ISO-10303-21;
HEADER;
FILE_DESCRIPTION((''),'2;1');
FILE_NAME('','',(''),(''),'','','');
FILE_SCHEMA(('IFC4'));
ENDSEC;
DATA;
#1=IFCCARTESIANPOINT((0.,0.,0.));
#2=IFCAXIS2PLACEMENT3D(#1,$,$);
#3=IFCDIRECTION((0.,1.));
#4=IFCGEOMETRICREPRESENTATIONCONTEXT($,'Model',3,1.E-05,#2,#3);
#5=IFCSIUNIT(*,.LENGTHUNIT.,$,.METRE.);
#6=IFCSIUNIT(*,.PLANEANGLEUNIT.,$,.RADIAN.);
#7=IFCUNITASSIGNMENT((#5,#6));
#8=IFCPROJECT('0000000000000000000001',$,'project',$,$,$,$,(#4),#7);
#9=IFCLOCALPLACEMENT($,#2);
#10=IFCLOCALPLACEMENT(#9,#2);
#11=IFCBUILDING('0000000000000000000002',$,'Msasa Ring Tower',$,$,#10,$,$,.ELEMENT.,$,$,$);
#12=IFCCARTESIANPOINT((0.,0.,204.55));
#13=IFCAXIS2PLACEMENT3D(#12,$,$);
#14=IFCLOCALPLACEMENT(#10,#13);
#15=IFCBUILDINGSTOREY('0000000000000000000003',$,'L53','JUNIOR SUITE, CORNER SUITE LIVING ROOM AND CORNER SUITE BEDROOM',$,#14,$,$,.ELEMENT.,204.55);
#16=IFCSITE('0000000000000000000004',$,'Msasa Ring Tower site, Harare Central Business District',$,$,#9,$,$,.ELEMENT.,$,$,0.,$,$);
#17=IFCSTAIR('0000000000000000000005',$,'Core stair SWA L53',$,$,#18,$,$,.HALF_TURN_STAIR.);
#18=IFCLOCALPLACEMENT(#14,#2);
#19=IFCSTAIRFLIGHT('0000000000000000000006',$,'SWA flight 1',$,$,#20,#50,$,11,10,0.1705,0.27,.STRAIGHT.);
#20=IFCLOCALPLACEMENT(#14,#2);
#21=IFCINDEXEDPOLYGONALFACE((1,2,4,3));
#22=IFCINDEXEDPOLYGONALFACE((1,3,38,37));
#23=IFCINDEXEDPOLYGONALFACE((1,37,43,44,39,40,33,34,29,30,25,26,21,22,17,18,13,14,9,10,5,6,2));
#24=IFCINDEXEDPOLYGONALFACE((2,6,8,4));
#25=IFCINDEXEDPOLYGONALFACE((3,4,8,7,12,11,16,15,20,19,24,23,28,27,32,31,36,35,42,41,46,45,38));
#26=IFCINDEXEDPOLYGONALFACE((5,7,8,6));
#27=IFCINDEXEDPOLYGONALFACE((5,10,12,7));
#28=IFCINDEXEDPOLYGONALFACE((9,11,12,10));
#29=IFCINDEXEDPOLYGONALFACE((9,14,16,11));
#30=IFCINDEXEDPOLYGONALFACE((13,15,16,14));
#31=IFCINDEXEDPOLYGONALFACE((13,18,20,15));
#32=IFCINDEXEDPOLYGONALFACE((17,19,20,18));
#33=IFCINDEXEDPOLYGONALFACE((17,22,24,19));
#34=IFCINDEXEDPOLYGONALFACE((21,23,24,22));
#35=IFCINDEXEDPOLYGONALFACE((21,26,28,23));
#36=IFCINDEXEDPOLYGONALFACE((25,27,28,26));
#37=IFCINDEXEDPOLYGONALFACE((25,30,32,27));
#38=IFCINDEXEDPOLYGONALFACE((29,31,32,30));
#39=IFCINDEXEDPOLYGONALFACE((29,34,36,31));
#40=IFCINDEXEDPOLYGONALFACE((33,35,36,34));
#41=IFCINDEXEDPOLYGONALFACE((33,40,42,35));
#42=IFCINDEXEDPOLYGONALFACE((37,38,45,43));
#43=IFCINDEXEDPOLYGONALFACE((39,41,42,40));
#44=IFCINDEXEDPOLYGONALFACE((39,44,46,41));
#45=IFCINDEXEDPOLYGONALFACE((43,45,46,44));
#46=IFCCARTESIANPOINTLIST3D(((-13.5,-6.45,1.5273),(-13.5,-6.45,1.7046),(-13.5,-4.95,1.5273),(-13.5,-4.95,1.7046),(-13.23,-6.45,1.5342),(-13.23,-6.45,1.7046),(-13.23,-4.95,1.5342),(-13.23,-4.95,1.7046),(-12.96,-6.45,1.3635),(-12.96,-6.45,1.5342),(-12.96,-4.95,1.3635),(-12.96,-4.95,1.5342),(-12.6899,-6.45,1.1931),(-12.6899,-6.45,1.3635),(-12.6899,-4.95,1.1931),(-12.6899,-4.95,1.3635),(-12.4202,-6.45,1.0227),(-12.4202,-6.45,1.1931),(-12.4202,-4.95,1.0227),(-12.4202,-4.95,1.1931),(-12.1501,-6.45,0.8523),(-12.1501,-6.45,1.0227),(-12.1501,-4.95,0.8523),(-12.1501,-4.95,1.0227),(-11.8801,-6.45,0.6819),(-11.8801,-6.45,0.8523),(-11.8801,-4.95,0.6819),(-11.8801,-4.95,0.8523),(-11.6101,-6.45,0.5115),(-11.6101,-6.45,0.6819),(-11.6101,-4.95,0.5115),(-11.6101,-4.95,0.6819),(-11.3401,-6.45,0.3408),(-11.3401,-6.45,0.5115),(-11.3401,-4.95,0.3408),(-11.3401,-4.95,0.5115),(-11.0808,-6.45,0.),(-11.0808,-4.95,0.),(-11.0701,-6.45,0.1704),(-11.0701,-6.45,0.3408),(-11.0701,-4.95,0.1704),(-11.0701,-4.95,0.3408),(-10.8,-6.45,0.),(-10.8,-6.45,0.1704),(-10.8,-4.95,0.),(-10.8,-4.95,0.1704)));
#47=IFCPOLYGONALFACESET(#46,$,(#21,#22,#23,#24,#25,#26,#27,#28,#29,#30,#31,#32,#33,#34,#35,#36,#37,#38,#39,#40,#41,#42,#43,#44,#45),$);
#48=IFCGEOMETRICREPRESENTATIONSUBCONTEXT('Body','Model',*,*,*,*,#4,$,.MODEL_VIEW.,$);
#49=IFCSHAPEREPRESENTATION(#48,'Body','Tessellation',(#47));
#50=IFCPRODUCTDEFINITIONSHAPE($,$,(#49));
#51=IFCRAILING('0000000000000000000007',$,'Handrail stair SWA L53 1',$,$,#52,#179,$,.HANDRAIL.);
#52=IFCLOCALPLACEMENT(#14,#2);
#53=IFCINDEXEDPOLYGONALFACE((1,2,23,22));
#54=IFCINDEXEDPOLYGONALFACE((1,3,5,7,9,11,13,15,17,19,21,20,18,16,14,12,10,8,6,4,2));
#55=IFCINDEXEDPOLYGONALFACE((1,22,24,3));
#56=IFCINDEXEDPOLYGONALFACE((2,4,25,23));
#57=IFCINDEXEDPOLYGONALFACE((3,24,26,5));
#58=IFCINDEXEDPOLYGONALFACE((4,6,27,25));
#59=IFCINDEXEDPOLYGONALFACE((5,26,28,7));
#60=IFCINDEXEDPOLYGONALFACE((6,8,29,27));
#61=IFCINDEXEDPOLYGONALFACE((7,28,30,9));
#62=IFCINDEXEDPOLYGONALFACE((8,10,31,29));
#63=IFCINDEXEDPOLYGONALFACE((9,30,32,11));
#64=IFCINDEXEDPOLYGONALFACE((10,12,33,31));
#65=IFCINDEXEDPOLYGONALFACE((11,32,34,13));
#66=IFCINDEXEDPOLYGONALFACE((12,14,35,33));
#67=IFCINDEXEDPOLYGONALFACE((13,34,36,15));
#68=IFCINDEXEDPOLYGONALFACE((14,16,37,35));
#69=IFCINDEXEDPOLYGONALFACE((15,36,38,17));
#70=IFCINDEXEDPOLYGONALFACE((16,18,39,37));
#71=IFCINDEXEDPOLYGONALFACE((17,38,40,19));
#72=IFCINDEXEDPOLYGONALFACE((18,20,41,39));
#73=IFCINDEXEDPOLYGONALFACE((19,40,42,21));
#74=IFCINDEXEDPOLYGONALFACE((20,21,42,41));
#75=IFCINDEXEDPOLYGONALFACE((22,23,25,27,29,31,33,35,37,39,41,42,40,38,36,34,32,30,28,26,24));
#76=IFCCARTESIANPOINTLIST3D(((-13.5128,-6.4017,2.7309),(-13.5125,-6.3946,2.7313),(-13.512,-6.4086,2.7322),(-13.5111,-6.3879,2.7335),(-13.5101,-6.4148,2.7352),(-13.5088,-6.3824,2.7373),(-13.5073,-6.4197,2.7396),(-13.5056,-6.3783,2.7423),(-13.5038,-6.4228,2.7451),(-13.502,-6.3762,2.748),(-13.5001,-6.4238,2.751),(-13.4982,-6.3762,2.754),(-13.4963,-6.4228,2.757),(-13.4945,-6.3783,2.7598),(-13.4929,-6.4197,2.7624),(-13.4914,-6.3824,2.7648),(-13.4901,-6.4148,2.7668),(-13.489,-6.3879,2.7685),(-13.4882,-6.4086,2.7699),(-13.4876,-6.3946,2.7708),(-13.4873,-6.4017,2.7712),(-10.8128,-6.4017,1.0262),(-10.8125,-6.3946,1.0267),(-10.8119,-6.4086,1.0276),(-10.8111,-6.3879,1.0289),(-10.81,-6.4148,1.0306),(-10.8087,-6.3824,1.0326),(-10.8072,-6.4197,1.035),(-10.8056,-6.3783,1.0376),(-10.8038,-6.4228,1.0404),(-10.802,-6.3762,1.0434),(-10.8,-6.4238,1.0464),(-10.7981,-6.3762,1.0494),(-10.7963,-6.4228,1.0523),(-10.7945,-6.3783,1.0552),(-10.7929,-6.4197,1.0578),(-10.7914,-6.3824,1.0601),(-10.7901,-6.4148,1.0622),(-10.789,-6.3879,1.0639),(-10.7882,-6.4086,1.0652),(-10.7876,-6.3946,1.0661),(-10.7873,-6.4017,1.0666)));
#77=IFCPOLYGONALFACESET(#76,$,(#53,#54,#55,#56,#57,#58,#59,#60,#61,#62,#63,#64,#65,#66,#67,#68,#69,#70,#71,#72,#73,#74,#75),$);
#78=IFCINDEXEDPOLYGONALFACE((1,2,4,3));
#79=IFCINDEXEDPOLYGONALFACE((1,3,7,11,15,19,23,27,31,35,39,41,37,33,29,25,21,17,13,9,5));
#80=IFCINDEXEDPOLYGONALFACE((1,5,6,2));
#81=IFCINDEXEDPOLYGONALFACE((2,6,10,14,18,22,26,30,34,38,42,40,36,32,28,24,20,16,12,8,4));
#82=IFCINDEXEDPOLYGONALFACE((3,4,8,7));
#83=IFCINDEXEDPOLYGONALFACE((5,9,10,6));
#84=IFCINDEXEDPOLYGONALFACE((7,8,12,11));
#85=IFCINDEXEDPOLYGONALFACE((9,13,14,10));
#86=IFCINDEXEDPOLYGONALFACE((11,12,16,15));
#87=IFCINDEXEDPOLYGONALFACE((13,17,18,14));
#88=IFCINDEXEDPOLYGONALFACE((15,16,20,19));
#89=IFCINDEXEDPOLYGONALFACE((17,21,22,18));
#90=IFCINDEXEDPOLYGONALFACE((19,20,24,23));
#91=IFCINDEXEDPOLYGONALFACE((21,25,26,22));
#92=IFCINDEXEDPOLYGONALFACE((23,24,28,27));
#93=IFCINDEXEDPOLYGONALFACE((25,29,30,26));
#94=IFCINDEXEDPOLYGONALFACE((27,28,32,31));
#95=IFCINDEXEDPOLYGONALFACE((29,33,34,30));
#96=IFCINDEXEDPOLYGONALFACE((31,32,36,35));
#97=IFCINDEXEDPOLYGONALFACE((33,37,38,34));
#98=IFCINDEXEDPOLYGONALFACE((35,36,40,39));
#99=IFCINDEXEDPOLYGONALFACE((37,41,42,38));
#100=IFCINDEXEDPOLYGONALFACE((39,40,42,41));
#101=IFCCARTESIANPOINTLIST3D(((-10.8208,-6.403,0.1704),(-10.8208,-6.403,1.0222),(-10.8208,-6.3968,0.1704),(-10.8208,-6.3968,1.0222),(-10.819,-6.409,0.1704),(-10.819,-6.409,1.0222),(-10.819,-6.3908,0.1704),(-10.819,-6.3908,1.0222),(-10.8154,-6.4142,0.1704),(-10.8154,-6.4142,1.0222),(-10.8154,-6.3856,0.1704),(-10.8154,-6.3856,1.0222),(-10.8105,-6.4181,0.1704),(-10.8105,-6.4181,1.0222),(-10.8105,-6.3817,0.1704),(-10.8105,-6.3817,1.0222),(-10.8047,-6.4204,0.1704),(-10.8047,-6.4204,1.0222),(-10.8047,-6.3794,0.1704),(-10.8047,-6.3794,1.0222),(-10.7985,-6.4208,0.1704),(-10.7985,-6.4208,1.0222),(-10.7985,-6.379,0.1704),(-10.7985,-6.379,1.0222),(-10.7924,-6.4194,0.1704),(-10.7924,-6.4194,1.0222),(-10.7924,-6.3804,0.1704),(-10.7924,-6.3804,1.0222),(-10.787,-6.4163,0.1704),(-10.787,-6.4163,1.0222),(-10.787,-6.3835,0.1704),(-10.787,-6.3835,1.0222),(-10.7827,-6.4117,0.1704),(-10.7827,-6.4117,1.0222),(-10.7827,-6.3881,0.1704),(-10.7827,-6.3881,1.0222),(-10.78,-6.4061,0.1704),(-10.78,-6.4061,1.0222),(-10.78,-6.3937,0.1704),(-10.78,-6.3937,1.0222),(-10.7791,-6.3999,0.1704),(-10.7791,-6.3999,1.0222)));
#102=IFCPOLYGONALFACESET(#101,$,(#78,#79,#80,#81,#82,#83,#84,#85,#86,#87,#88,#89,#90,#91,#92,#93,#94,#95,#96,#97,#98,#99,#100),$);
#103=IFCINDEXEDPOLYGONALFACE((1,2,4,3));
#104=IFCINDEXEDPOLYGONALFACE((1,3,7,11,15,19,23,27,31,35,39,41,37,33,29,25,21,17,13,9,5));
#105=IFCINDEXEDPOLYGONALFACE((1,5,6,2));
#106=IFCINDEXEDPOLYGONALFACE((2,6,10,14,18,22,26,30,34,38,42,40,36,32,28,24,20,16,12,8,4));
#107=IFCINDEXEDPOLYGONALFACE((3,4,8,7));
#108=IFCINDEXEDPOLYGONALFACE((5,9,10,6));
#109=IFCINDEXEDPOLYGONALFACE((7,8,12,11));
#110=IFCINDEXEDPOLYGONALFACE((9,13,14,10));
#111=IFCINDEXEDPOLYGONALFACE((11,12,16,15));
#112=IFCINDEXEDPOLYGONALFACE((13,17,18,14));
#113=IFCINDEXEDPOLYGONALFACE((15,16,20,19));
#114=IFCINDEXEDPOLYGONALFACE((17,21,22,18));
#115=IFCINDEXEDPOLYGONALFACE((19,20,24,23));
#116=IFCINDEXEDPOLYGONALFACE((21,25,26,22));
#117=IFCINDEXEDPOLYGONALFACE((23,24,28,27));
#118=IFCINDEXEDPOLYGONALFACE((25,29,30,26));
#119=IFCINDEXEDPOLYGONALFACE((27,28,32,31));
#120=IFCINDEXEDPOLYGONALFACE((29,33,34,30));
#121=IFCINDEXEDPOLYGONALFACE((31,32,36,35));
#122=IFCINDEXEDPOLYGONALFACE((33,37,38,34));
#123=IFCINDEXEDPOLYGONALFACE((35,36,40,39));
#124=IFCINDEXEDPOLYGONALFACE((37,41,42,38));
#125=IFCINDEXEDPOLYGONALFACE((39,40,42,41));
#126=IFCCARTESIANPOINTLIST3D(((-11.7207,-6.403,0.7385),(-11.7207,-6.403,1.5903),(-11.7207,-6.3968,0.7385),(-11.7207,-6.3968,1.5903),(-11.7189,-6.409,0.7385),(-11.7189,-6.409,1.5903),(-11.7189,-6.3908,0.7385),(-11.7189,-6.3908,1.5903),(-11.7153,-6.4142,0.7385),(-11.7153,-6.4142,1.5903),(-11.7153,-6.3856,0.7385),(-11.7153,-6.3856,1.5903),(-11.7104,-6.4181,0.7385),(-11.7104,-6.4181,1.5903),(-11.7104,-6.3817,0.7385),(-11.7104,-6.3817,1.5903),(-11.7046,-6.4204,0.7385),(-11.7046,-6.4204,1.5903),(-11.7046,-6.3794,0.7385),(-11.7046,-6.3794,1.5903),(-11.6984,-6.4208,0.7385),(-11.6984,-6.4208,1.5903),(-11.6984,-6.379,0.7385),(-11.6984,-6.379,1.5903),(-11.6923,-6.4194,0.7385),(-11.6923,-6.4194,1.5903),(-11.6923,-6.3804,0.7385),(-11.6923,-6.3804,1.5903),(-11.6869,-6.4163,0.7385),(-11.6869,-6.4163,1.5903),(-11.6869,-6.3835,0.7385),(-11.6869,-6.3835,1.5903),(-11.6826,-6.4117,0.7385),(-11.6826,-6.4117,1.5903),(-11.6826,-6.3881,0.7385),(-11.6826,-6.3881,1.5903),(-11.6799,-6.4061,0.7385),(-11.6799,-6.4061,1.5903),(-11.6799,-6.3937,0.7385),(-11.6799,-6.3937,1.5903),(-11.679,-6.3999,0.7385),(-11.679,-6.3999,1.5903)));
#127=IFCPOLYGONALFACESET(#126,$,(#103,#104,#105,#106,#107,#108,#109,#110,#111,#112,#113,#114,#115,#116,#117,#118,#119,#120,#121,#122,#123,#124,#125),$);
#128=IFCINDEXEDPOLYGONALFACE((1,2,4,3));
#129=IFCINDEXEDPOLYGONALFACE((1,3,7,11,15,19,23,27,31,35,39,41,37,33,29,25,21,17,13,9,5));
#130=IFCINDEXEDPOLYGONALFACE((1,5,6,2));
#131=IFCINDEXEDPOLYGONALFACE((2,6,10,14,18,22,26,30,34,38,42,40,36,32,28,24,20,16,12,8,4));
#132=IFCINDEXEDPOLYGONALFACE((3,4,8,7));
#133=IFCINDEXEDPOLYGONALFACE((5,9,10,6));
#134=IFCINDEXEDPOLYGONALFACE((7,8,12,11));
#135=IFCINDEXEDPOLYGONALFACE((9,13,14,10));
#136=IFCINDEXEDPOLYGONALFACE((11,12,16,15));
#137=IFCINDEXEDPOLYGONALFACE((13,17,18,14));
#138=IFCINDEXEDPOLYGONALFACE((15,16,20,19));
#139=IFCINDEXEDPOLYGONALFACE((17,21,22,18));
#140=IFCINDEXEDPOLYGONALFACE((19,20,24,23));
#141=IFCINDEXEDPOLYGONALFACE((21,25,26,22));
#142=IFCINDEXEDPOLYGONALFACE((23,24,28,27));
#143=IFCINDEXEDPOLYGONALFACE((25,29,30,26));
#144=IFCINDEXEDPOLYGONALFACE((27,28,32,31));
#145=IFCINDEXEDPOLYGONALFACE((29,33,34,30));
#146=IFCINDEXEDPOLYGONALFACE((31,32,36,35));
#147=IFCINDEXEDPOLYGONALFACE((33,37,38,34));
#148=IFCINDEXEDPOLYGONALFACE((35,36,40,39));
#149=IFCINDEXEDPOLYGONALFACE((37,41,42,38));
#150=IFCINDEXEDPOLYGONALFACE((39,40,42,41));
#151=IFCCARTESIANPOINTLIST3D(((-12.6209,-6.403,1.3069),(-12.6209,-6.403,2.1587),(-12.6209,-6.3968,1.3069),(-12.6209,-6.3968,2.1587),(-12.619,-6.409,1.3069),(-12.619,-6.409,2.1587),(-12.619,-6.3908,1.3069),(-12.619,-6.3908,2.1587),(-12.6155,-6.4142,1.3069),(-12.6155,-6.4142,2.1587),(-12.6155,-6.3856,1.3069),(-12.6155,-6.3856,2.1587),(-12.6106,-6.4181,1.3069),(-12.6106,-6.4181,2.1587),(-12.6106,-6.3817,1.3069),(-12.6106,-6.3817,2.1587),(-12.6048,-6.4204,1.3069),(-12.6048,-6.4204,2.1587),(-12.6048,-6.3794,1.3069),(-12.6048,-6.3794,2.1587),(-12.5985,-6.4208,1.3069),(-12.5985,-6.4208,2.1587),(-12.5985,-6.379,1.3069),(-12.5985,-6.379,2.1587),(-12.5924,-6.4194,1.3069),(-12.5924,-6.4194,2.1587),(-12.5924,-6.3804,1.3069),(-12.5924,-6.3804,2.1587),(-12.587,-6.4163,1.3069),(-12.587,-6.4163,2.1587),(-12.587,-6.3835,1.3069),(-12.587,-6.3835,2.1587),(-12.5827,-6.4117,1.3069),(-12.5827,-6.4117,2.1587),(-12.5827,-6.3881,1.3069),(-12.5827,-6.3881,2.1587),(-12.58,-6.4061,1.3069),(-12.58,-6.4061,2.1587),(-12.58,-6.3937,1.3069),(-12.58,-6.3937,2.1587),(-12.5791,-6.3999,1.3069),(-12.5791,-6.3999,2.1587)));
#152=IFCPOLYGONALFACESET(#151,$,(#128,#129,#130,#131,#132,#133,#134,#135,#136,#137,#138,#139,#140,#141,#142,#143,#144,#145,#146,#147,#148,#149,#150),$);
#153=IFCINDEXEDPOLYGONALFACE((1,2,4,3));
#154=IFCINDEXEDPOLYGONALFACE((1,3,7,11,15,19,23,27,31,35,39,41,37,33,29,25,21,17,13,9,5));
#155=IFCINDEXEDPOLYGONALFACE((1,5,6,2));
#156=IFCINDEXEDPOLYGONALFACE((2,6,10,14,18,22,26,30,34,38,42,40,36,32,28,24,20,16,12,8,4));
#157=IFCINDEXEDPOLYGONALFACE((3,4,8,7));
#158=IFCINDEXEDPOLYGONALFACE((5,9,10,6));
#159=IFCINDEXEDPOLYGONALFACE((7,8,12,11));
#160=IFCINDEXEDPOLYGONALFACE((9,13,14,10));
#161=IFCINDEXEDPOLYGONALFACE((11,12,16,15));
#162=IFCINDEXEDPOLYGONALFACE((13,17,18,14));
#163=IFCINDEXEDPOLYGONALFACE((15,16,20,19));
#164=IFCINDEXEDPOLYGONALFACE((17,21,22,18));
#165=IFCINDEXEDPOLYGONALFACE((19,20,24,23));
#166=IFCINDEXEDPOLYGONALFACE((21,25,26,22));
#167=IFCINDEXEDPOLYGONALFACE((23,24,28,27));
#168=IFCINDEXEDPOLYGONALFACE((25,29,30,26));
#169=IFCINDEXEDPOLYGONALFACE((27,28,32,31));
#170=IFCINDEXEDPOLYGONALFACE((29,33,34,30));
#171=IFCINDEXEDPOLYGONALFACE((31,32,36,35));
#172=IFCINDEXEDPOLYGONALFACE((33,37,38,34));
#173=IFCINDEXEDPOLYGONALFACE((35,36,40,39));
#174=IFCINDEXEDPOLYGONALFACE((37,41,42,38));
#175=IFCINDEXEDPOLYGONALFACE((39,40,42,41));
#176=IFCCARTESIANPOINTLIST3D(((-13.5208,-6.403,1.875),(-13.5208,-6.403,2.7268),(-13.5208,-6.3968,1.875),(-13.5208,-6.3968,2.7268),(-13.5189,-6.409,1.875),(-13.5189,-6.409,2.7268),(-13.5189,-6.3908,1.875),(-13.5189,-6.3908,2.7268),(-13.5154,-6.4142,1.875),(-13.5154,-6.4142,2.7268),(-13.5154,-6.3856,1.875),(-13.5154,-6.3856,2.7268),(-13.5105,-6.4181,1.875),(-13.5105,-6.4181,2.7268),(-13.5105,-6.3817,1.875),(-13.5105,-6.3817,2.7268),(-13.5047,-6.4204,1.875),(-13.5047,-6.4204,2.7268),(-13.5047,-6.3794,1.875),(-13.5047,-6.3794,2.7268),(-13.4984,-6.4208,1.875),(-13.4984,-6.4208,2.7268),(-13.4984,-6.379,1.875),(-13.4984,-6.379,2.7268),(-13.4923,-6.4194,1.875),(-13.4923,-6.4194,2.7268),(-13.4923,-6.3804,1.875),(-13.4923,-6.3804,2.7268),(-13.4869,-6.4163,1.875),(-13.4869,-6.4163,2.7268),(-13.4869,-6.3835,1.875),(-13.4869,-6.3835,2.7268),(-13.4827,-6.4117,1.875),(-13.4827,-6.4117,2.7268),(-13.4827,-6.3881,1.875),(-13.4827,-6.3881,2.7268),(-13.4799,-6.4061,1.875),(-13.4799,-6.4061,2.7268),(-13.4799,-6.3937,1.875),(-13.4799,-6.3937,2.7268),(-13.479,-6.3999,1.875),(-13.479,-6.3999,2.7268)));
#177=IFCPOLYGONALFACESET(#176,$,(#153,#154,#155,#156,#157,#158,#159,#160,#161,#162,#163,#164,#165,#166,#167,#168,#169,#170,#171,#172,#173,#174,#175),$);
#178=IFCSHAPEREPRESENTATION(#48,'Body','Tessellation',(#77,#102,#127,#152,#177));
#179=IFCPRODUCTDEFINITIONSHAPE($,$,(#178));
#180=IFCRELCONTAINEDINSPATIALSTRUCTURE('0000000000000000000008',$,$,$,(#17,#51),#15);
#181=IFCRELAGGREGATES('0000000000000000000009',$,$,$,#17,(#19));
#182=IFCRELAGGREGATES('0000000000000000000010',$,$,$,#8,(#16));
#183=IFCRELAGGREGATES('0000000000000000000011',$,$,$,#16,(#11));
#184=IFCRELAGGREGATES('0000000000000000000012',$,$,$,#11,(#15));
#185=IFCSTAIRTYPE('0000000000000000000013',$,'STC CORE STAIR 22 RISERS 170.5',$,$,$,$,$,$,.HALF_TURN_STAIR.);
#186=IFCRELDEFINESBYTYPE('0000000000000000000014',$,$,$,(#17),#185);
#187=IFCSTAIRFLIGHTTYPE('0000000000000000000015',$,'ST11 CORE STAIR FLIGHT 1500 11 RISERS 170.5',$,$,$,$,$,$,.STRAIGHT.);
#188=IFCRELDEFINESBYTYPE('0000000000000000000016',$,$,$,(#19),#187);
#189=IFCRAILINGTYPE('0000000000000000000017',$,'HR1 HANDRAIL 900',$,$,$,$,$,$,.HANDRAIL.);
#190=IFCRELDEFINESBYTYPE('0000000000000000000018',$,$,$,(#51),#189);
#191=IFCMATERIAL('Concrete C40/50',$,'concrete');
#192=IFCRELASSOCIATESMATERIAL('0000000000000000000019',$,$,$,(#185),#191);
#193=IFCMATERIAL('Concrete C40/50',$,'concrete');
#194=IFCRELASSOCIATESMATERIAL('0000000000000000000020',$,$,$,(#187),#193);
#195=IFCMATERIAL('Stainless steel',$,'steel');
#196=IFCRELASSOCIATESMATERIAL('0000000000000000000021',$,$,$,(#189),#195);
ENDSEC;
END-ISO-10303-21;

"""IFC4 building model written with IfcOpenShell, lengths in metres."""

from ifc_helpers import new_model, si_unit, direction, frame, origin, origin_2d, place, context, subcontext, project, spatial, polyline, circle, outline, extrude, material, type_object, element, aggregate, save


model = new_model("IFC4")

# Units and contexts
model_context = context("Model", 3, precision=1e-05, world=origin(), true_north=direction((0.0, 1.0)))
body_context = subcontext(model_context, "Body", "Model", "MODEL_VIEW")
ifc_project = project(units=[si_unit("LENGTHUNIT", "METRE"), si_unit("PLANEANGLEUNIT", "RADIAN")], contexts=[model_context])

# Site, building, storey
site_placement = place(None, origin())
site = spatial("IfcSite", under=ifc_project, at=site_placement, Name="Msasa Ring Tower site, Harare Central Business District", CompositionType="ELEMENT", RefElevation=0.0)
building_placement = place(site_placement, origin())
building = spatial("IfcBuilding", under=site, at=building_placement, Name="Msasa Ring Tower", CompositionType="ELEMENT")
storey_placement = place(building_placement, frame((0.0, 0.0, 204.55)))
storey = spatial("IfcBuildingStorey", under=building, at=storey_placement, Name="L53", Description="JUNIOR SUITE, CORNER SUITE LIVING ROOM AND CORNER SUITE BEDROOM", CompositionType="ELEMENT", Elevation=204.55)

# Stair, stair flight
ifc_material_1 = material(Name="Concrete C40/50", Category="concrete")
stair_type = type_object("IfcStairType", Name="STC CORE STAIR 22 RISERS 170.5", PredefinedType="HALF_TURN_STAIR", material=ifc_material_1)
stair_placement = place(storey_placement, origin())
stair = element("IfcStair", 1, at=stair_placement, inside=storey, type_object=stair_type, Name="Core stair SWA L53", PredefinedType="HALF_TURN_STAIR")
ifc_material_2 = material(Name="Concrete C40/50", Category="concrete")
stair_flight_type = type_object("IfcStairFlightType", Name="ST11 CORE STAIR FLIGHT 1500 11 RISERS 170.5", PredefinedType="STRAIGHT", material=ifc_material_2)
stair_flight_placement = place(storey_placement, frame((-10.8, -5.7, 0.0), z_axis=(0.0, 0.0, 1.0), x_axis=(-1.0, 0.0, 0.0)))
stair_flight = element("IfcStairFlight", 2, at=stair_flight_placement, type_object=stair_flight_type, Name="SWA flight 1", NumberOfRisers=11, NumberOfTreads=10, PredefinedType="STRAIGHT", RiserHeight=0.1705, TreadLength=0.27, context=body_context, shape_type="SweptSolid", body=[
    extrude(outline(polyline([(0.0, 0.0), (0.0, 0.1704), (0.27, 0.1704), (0.27, 0.3408), (0.54, 0.3408), (0.54, 0.5115), (0.8101, 0.5115), (0.8101, 0.6819), (1.0801, 0.6819), (1.0801, 0.8523), (1.3501, 0.8523), (1.3501, 1.0227), (1.6201, 1.0227), (1.6201, 1.1931), (1.8899, 1.1931), (1.8899, 1.3635), (2.1599, 1.3635), (2.1599, 1.5342), (2.4299, 1.5342), (2.4299, 1.7046), (2.7, 1.7046), (2.7, 1.875), (2.7, 1.5273), (0.2808, 0.0), (0.0, 0.0)])), frame((0.0, 0.75, 0.0), z_axis=(0.0, -1.0, 0.0), x_axis=(1.0, 0.0, 0.0)), (0.0, 0.0, 1.0), 1.5),
])
aggregate(stair, [stair_flight])

# Railing
ifc_material_3 = material(Name="Stainless steel", Category="steel")
railing_type = type_object("IfcRailingType", Name="HR1 HANDRAIL 900", PredefinedType="HANDRAIL", material=ifc_material_3)
for number, where, name in (
    (3, (-10.8, -6.3999, 0.1704), "Handrail stair SWA L53 1"),
):
    element("IfcRailing", number, at=place(storey_placement, frame(where)), inside=storey, type_object=railing_type, Name=name, PredefinedType="HANDRAIL", context=body_context, shape_type="SweptSolid", body=[
        extrude(circle(Radius=0.0239, at=origin_2d()), frame((0.0, 0.0, 0.876), z_axis=(-0.84558, 0.0, 0.533849), x_axis=(0.0, -1.0, 0.0)), (0.0, 0.0, 1.0), 3.1931),
        extrude(circle(Radius=0.021, at=origin_2d()), origin(), (0.0, 0.0, 1.0), 0.8518),
        extrude(circle(Radius=0.021, at=origin_2d()), frame((-0.8999, 0.0, 0.5681)), (0.0, 0.0, 1.0), 0.8518),
        extrude(circle(Radius=0.021, at=origin_2d()), frame((-1.8, 0.0, 1.1365)), (0.0, 0.0, 1.0), 0.8518),
        extrude(circle(Radius=0.021, at=origin_2d()), frame((-2.7, 0.0, 1.7046)), (0.0, 0.0, 1.0), 0.8518),
    ])

save(model, "model.ifc")
